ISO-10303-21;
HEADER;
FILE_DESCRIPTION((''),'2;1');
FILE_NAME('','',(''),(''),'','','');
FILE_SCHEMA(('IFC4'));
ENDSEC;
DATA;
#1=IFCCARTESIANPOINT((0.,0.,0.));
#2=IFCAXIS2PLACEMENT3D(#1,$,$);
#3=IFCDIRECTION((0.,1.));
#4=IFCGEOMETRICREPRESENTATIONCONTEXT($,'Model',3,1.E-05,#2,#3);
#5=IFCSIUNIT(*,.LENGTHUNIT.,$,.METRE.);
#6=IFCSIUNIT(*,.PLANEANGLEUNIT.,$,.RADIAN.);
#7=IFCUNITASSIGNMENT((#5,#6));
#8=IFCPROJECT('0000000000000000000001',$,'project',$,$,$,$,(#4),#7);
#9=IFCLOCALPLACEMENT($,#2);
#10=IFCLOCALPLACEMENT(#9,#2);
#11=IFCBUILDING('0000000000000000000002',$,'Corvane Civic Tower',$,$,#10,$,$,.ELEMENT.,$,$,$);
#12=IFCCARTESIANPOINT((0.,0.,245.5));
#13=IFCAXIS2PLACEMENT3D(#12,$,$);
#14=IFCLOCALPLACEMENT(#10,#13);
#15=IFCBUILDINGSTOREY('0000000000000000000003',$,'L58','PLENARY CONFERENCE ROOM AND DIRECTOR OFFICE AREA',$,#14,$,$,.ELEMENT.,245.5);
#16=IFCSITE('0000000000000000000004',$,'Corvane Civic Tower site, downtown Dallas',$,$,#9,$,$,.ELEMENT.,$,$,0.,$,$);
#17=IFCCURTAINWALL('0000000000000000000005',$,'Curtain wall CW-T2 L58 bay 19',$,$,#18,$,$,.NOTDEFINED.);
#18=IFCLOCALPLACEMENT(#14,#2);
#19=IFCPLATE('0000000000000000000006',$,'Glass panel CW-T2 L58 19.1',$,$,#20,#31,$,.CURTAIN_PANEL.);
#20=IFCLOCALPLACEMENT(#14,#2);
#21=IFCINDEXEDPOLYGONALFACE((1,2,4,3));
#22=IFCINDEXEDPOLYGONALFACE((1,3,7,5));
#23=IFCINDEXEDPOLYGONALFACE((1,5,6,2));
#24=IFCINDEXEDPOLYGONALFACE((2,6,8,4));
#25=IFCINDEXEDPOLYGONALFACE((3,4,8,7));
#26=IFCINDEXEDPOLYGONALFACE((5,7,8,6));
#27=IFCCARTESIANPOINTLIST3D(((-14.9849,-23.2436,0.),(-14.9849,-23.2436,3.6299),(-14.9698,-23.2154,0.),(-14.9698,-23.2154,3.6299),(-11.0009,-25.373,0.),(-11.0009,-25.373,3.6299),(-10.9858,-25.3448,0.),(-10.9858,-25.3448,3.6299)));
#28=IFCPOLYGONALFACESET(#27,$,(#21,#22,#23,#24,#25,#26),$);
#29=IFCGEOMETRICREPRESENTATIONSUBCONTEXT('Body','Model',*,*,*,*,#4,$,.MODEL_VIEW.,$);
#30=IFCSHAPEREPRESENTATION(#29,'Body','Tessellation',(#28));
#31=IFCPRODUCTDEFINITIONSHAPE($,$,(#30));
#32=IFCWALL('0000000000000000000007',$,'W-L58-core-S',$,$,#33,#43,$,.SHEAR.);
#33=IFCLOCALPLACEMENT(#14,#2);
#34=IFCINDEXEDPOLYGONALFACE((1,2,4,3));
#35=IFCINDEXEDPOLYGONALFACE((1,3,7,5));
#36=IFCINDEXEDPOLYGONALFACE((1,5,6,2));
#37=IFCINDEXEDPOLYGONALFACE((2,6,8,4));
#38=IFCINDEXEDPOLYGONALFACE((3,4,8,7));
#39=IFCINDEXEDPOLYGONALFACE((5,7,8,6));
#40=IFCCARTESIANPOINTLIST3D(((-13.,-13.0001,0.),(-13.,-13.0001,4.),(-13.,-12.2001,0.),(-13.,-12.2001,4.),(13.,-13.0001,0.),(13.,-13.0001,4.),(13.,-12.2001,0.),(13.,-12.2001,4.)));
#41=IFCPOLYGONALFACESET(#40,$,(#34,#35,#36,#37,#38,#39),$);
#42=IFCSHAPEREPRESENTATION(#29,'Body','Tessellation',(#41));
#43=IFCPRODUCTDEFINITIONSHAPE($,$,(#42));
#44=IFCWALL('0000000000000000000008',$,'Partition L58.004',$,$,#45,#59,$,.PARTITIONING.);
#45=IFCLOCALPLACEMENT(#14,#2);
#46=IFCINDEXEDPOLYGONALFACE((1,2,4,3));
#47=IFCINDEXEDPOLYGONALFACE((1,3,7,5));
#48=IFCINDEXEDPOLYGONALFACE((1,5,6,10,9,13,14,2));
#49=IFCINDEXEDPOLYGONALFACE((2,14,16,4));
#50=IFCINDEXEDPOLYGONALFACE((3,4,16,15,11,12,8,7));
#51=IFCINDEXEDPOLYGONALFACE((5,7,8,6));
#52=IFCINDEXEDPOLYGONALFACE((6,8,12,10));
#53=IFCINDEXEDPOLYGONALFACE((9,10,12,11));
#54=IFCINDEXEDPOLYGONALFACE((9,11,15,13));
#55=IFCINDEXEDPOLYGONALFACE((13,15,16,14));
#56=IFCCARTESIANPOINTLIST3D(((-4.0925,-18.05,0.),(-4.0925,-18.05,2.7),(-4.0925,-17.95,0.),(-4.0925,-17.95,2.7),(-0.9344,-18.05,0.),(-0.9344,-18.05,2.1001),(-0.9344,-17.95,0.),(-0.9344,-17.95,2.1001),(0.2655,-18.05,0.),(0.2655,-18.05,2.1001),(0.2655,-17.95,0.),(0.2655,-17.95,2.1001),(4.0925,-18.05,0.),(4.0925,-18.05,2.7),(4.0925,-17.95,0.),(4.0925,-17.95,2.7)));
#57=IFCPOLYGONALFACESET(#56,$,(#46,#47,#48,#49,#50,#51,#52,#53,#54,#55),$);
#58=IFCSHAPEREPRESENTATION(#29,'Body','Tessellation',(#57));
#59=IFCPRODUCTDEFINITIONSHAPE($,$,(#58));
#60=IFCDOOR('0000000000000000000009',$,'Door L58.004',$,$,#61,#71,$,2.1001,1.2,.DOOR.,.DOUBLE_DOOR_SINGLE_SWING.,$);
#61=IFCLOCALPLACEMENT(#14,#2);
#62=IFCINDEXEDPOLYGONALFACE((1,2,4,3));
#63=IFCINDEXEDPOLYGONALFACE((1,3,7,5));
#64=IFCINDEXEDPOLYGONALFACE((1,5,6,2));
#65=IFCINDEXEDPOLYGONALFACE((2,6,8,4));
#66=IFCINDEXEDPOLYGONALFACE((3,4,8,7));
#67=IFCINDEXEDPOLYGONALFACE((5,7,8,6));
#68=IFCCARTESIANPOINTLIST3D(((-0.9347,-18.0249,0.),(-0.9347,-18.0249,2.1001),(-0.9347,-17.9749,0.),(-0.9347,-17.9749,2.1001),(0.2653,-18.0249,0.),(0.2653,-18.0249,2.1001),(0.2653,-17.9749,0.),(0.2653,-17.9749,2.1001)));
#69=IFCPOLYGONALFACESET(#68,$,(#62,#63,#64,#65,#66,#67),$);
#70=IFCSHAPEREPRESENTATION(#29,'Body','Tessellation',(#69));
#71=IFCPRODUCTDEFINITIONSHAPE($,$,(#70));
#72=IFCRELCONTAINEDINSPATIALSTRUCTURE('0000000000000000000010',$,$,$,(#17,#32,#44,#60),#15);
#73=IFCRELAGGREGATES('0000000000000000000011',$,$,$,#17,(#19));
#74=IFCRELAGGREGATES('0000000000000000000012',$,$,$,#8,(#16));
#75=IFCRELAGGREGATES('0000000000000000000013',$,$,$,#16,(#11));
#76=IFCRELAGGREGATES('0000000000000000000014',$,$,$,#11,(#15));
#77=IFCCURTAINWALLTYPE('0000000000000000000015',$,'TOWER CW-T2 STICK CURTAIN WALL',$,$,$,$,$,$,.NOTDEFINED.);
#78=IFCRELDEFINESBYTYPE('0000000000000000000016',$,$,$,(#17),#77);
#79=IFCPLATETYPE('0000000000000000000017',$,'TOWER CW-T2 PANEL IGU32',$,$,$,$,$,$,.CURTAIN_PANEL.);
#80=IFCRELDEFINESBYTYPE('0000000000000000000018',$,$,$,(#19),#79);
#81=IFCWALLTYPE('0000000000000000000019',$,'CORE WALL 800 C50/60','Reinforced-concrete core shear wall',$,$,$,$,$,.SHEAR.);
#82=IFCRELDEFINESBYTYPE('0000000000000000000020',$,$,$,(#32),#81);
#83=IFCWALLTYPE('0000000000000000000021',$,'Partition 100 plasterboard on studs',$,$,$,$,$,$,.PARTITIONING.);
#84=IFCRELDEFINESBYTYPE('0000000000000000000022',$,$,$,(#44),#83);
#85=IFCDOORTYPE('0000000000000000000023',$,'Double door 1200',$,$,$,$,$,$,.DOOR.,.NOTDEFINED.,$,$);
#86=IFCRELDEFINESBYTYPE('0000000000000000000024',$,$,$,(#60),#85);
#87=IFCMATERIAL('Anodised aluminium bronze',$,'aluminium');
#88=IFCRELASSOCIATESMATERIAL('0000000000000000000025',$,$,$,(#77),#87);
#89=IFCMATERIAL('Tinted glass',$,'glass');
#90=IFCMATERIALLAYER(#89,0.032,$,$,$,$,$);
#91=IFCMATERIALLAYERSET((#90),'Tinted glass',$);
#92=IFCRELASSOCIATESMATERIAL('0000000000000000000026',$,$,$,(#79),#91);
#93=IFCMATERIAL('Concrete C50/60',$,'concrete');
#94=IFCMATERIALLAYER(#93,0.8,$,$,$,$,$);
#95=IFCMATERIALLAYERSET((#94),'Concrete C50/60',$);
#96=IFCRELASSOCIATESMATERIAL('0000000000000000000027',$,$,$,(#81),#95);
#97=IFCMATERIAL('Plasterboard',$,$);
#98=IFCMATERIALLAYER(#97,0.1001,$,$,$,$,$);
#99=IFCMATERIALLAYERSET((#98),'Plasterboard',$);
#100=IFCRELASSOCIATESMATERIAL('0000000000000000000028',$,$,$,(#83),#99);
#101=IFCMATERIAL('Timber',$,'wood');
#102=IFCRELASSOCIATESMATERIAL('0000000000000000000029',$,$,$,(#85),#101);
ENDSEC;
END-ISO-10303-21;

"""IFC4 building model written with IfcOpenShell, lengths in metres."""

from ifc_helpers import new_model, si_unit, direction, frame, frame_2d, origin, origin_2d, place, context, subcontext, project, spatial, rectangle, extrude, material, layer, layer_set, type_object, element, fill, aggregate, save


model = new_model("IFC4")

# Units and contexts
model_context = context("Model", 3, precision=1e-05, world=origin(), true_north=direction((0.0, 1.0)))
body_context = subcontext(model_context, "Body", "Model", "MODEL_VIEW")
ifc_project = project(units=[si_unit("LENGTHUNIT", "METRE"), si_unit("PLANEANGLEUNIT", "RADIAN")], contexts=[model_context])

# Site, building, storey
site_placement = place(None, origin())
site = spatial("IfcSite", under=ifc_project, at=site_placement, Name="Corvane Civic Tower site, downtown Dallas", CompositionType="ELEMENT", RefElevation=0.0)
building_placement = place(site_placement, origin())
building = spatial("IfcBuilding", under=site, at=building_placement, Name="Corvane Civic Tower", CompositionType="ELEMENT")
storey_placement = place(building_placement, frame((0.0, 0.0, 245.5)))
storey = spatial("IfcBuildingStorey", under=building, at=storey_placement, Name="L58", Description="PLENARY CONFERENCE ROOM AND DIRECTOR OFFICE AREA", CompositionType="ELEMENT", Elevation=245.5)

# Curtain wall
ifc_material_1 = material(Name="Anodised aluminium bronze", Category="aluminium")
curtain_wall_type = type_object("IfcCurtainWallType", Name="TOWER CW-T2 STICK CURTAIN WALL", PredefinedType="NOTDEFINED", material=ifc_material_1)
curtain_wall_1_placement = place(storey_placement, origin())
curtain_wall_1 = element("IfcCurtainWall", 1, at=curtain_wall_1_placement, inside=storey, type_object=curtain_wall_type, Name="Curtain wall CW-T2 L58 bay 19", PredefinedType="NOTDEFINED")

# Plate
ifc_material_2 = material(Name="Tinted glass", Category="glass")
ifc_layer_1 = layer(ifc_material_2, 0.032)
ifc_layer_set_1 = layer_set([ifc_layer_1], Name="Tinted glass")
plate_type = type_object("IfcPlateType", Name="TOWER CW-T2 PANEL IGU32", PredefinedType="CURTAIN_PANEL", material=ifc_layer_set_1)
plate_1_placement = place(storey_placement, frame((-12.9854, -24.2942, 0.0), z_axis=(0.0, 0.0, 1.0), x_axis=(-0.88192, 0.471398, 0.0)))
plate_1 = element("IfcPlate", 2, at=plate_1_placement, type_object=plate_type, Name="Glass panel CW-T2 L58 19.1", PredefinedType="CURTAIN_PANEL", context=body_context, shape_type="SweptSolid", body=[
    extrude(rectangle(XDim=4.5173, YDim=0.032, at=origin_2d()), origin(), (0.0, 0.0, 1.0), 3.6299),
])
aggregate(curtain_wall_1, [plate_1])

# Wall
ifc_material_3 = material(Name="Concrete C50/60", Category="concrete")
ifc_layer_2 = layer(ifc_material_3, 0.8)
ifc_layer_set_2 = layer_set([ifc_layer_2], Name="Concrete C50/60")
wall_type_1 = type_object("IfcWallType", Name="CORE WALL 800 C50/60", Description="Reinforced-concrete core shear wall", PredefinedType="SHEAR", material=ifc_layer_set_2)
wall_1_placement = place(storey_placement, frame((-13.0, -12.6001, 0.0), z_axis=(0.0, 0.0, 1.0), x_axis=(1.0, 0.0, 0.0)))
element("IfcWall", 3, at=wall_1_placement, inside=storey, type_object=wall_type_1, Name="W-L58-core-S", PredefinedType="SHEAR", context=body_context, shape_type="SweptSolid", body=[
    extrude(rectangle(XDim=26.0, YDim=0.8, at=frame_2d((13.0, 0.0))), origin(), (0.0, 0.0, 1.0), 4.0),
])

# Wall, opening, door
ifc_material_4 = material(Name="Plasterboard")
ifc_layer_3 = layer(ifc_material_4, 0.1001)
ifc_layer_set_3 = layer_set([ifc_layer_3], Name="Plasterboard")
wall_type_2 = type_object("IfcWallType", Name="Partition 100 plasterboard on studs", PredefinedType="PARTITIONING", material=ifc_layer_set_3)
wall_2_placement = place(storey_placement, frame((-4.0925, -18.0, 0.0), z_axis=(0.0, 0.0, 1.0), x_axis=(1.0, 0.0, 0.0)))
wall_2 = element("IfcWall", 4, at=wall_2_placement, inside=storey, type_object=wall_type_2, Name="Partition L58.004", PredefinedType="PARTITIONING", context=body_context, shape_type="SweptSolid", body=[
    extrude(rectangle(XDim=8.1851, YDim=0.1001, at=frame_2d((4.0925, 0.0))), origin(), (0.0, 0.0, 1.0), 2.7),
])
opening_placement = place(wall_2_placement, frame((3.158, 0.0, 0.0)))
opening = element("IfcOpeningElement", 5, at=opening_placement, cuts=wall_2, PredefinedType="OPENING", context=body_context, shape_type="SweptSolid", body=[
    extrude(rectangle(XDim=1.2, YDim=2.1001, at=frame_2d((0.6001, 1.05))), frame((0.0, 0.0601, 0.0), z_axis=(0.0, -1.0, 0.0), x_axis=(1.0, 0.0, 0.0)), (0.0, 0.0, 1.0), 0.1201),
])
ifc_material_5 = material(Name="Timber", Category="wood")
door_type = type_object("IfcDoorType", Name="Double door 1200", OperationType="NOTDEFINED", PredefinedType="DOOR", material=ifc_material_5)
door_placement = place(opening_placement, frame((1.2, 0.0, 0.0), z_axis=(0.0, 0.0, 1.0), x_axis=(-1.0, 0.0, 0.0)))
door = element("IfcDoor", 6, at=door_placement, inside=storey, type_object=door_type, Name="Door L58.004", OperationType="DOUBLE_DOOR_SINGLE_SWING", OverallHeight=2.1001, OverallWidth=1.2, PredefinedType="DOOR", context=body_context, shape_type="SweptSolid", body=[
    extrude(rectangle(XDim=1.2, YDim=2.1001, at=frame_2d((0.6001, 1.05))), frame((0.0, 0.0249, 0.0), z_axis=(0.0, -1.0, 0.0), x_axis=(1.0, 0.0, 0.0)), (0.0, 0.0, 1.0), 0.05),
])
fill(opening, door)

save(model, "model.ifc")
